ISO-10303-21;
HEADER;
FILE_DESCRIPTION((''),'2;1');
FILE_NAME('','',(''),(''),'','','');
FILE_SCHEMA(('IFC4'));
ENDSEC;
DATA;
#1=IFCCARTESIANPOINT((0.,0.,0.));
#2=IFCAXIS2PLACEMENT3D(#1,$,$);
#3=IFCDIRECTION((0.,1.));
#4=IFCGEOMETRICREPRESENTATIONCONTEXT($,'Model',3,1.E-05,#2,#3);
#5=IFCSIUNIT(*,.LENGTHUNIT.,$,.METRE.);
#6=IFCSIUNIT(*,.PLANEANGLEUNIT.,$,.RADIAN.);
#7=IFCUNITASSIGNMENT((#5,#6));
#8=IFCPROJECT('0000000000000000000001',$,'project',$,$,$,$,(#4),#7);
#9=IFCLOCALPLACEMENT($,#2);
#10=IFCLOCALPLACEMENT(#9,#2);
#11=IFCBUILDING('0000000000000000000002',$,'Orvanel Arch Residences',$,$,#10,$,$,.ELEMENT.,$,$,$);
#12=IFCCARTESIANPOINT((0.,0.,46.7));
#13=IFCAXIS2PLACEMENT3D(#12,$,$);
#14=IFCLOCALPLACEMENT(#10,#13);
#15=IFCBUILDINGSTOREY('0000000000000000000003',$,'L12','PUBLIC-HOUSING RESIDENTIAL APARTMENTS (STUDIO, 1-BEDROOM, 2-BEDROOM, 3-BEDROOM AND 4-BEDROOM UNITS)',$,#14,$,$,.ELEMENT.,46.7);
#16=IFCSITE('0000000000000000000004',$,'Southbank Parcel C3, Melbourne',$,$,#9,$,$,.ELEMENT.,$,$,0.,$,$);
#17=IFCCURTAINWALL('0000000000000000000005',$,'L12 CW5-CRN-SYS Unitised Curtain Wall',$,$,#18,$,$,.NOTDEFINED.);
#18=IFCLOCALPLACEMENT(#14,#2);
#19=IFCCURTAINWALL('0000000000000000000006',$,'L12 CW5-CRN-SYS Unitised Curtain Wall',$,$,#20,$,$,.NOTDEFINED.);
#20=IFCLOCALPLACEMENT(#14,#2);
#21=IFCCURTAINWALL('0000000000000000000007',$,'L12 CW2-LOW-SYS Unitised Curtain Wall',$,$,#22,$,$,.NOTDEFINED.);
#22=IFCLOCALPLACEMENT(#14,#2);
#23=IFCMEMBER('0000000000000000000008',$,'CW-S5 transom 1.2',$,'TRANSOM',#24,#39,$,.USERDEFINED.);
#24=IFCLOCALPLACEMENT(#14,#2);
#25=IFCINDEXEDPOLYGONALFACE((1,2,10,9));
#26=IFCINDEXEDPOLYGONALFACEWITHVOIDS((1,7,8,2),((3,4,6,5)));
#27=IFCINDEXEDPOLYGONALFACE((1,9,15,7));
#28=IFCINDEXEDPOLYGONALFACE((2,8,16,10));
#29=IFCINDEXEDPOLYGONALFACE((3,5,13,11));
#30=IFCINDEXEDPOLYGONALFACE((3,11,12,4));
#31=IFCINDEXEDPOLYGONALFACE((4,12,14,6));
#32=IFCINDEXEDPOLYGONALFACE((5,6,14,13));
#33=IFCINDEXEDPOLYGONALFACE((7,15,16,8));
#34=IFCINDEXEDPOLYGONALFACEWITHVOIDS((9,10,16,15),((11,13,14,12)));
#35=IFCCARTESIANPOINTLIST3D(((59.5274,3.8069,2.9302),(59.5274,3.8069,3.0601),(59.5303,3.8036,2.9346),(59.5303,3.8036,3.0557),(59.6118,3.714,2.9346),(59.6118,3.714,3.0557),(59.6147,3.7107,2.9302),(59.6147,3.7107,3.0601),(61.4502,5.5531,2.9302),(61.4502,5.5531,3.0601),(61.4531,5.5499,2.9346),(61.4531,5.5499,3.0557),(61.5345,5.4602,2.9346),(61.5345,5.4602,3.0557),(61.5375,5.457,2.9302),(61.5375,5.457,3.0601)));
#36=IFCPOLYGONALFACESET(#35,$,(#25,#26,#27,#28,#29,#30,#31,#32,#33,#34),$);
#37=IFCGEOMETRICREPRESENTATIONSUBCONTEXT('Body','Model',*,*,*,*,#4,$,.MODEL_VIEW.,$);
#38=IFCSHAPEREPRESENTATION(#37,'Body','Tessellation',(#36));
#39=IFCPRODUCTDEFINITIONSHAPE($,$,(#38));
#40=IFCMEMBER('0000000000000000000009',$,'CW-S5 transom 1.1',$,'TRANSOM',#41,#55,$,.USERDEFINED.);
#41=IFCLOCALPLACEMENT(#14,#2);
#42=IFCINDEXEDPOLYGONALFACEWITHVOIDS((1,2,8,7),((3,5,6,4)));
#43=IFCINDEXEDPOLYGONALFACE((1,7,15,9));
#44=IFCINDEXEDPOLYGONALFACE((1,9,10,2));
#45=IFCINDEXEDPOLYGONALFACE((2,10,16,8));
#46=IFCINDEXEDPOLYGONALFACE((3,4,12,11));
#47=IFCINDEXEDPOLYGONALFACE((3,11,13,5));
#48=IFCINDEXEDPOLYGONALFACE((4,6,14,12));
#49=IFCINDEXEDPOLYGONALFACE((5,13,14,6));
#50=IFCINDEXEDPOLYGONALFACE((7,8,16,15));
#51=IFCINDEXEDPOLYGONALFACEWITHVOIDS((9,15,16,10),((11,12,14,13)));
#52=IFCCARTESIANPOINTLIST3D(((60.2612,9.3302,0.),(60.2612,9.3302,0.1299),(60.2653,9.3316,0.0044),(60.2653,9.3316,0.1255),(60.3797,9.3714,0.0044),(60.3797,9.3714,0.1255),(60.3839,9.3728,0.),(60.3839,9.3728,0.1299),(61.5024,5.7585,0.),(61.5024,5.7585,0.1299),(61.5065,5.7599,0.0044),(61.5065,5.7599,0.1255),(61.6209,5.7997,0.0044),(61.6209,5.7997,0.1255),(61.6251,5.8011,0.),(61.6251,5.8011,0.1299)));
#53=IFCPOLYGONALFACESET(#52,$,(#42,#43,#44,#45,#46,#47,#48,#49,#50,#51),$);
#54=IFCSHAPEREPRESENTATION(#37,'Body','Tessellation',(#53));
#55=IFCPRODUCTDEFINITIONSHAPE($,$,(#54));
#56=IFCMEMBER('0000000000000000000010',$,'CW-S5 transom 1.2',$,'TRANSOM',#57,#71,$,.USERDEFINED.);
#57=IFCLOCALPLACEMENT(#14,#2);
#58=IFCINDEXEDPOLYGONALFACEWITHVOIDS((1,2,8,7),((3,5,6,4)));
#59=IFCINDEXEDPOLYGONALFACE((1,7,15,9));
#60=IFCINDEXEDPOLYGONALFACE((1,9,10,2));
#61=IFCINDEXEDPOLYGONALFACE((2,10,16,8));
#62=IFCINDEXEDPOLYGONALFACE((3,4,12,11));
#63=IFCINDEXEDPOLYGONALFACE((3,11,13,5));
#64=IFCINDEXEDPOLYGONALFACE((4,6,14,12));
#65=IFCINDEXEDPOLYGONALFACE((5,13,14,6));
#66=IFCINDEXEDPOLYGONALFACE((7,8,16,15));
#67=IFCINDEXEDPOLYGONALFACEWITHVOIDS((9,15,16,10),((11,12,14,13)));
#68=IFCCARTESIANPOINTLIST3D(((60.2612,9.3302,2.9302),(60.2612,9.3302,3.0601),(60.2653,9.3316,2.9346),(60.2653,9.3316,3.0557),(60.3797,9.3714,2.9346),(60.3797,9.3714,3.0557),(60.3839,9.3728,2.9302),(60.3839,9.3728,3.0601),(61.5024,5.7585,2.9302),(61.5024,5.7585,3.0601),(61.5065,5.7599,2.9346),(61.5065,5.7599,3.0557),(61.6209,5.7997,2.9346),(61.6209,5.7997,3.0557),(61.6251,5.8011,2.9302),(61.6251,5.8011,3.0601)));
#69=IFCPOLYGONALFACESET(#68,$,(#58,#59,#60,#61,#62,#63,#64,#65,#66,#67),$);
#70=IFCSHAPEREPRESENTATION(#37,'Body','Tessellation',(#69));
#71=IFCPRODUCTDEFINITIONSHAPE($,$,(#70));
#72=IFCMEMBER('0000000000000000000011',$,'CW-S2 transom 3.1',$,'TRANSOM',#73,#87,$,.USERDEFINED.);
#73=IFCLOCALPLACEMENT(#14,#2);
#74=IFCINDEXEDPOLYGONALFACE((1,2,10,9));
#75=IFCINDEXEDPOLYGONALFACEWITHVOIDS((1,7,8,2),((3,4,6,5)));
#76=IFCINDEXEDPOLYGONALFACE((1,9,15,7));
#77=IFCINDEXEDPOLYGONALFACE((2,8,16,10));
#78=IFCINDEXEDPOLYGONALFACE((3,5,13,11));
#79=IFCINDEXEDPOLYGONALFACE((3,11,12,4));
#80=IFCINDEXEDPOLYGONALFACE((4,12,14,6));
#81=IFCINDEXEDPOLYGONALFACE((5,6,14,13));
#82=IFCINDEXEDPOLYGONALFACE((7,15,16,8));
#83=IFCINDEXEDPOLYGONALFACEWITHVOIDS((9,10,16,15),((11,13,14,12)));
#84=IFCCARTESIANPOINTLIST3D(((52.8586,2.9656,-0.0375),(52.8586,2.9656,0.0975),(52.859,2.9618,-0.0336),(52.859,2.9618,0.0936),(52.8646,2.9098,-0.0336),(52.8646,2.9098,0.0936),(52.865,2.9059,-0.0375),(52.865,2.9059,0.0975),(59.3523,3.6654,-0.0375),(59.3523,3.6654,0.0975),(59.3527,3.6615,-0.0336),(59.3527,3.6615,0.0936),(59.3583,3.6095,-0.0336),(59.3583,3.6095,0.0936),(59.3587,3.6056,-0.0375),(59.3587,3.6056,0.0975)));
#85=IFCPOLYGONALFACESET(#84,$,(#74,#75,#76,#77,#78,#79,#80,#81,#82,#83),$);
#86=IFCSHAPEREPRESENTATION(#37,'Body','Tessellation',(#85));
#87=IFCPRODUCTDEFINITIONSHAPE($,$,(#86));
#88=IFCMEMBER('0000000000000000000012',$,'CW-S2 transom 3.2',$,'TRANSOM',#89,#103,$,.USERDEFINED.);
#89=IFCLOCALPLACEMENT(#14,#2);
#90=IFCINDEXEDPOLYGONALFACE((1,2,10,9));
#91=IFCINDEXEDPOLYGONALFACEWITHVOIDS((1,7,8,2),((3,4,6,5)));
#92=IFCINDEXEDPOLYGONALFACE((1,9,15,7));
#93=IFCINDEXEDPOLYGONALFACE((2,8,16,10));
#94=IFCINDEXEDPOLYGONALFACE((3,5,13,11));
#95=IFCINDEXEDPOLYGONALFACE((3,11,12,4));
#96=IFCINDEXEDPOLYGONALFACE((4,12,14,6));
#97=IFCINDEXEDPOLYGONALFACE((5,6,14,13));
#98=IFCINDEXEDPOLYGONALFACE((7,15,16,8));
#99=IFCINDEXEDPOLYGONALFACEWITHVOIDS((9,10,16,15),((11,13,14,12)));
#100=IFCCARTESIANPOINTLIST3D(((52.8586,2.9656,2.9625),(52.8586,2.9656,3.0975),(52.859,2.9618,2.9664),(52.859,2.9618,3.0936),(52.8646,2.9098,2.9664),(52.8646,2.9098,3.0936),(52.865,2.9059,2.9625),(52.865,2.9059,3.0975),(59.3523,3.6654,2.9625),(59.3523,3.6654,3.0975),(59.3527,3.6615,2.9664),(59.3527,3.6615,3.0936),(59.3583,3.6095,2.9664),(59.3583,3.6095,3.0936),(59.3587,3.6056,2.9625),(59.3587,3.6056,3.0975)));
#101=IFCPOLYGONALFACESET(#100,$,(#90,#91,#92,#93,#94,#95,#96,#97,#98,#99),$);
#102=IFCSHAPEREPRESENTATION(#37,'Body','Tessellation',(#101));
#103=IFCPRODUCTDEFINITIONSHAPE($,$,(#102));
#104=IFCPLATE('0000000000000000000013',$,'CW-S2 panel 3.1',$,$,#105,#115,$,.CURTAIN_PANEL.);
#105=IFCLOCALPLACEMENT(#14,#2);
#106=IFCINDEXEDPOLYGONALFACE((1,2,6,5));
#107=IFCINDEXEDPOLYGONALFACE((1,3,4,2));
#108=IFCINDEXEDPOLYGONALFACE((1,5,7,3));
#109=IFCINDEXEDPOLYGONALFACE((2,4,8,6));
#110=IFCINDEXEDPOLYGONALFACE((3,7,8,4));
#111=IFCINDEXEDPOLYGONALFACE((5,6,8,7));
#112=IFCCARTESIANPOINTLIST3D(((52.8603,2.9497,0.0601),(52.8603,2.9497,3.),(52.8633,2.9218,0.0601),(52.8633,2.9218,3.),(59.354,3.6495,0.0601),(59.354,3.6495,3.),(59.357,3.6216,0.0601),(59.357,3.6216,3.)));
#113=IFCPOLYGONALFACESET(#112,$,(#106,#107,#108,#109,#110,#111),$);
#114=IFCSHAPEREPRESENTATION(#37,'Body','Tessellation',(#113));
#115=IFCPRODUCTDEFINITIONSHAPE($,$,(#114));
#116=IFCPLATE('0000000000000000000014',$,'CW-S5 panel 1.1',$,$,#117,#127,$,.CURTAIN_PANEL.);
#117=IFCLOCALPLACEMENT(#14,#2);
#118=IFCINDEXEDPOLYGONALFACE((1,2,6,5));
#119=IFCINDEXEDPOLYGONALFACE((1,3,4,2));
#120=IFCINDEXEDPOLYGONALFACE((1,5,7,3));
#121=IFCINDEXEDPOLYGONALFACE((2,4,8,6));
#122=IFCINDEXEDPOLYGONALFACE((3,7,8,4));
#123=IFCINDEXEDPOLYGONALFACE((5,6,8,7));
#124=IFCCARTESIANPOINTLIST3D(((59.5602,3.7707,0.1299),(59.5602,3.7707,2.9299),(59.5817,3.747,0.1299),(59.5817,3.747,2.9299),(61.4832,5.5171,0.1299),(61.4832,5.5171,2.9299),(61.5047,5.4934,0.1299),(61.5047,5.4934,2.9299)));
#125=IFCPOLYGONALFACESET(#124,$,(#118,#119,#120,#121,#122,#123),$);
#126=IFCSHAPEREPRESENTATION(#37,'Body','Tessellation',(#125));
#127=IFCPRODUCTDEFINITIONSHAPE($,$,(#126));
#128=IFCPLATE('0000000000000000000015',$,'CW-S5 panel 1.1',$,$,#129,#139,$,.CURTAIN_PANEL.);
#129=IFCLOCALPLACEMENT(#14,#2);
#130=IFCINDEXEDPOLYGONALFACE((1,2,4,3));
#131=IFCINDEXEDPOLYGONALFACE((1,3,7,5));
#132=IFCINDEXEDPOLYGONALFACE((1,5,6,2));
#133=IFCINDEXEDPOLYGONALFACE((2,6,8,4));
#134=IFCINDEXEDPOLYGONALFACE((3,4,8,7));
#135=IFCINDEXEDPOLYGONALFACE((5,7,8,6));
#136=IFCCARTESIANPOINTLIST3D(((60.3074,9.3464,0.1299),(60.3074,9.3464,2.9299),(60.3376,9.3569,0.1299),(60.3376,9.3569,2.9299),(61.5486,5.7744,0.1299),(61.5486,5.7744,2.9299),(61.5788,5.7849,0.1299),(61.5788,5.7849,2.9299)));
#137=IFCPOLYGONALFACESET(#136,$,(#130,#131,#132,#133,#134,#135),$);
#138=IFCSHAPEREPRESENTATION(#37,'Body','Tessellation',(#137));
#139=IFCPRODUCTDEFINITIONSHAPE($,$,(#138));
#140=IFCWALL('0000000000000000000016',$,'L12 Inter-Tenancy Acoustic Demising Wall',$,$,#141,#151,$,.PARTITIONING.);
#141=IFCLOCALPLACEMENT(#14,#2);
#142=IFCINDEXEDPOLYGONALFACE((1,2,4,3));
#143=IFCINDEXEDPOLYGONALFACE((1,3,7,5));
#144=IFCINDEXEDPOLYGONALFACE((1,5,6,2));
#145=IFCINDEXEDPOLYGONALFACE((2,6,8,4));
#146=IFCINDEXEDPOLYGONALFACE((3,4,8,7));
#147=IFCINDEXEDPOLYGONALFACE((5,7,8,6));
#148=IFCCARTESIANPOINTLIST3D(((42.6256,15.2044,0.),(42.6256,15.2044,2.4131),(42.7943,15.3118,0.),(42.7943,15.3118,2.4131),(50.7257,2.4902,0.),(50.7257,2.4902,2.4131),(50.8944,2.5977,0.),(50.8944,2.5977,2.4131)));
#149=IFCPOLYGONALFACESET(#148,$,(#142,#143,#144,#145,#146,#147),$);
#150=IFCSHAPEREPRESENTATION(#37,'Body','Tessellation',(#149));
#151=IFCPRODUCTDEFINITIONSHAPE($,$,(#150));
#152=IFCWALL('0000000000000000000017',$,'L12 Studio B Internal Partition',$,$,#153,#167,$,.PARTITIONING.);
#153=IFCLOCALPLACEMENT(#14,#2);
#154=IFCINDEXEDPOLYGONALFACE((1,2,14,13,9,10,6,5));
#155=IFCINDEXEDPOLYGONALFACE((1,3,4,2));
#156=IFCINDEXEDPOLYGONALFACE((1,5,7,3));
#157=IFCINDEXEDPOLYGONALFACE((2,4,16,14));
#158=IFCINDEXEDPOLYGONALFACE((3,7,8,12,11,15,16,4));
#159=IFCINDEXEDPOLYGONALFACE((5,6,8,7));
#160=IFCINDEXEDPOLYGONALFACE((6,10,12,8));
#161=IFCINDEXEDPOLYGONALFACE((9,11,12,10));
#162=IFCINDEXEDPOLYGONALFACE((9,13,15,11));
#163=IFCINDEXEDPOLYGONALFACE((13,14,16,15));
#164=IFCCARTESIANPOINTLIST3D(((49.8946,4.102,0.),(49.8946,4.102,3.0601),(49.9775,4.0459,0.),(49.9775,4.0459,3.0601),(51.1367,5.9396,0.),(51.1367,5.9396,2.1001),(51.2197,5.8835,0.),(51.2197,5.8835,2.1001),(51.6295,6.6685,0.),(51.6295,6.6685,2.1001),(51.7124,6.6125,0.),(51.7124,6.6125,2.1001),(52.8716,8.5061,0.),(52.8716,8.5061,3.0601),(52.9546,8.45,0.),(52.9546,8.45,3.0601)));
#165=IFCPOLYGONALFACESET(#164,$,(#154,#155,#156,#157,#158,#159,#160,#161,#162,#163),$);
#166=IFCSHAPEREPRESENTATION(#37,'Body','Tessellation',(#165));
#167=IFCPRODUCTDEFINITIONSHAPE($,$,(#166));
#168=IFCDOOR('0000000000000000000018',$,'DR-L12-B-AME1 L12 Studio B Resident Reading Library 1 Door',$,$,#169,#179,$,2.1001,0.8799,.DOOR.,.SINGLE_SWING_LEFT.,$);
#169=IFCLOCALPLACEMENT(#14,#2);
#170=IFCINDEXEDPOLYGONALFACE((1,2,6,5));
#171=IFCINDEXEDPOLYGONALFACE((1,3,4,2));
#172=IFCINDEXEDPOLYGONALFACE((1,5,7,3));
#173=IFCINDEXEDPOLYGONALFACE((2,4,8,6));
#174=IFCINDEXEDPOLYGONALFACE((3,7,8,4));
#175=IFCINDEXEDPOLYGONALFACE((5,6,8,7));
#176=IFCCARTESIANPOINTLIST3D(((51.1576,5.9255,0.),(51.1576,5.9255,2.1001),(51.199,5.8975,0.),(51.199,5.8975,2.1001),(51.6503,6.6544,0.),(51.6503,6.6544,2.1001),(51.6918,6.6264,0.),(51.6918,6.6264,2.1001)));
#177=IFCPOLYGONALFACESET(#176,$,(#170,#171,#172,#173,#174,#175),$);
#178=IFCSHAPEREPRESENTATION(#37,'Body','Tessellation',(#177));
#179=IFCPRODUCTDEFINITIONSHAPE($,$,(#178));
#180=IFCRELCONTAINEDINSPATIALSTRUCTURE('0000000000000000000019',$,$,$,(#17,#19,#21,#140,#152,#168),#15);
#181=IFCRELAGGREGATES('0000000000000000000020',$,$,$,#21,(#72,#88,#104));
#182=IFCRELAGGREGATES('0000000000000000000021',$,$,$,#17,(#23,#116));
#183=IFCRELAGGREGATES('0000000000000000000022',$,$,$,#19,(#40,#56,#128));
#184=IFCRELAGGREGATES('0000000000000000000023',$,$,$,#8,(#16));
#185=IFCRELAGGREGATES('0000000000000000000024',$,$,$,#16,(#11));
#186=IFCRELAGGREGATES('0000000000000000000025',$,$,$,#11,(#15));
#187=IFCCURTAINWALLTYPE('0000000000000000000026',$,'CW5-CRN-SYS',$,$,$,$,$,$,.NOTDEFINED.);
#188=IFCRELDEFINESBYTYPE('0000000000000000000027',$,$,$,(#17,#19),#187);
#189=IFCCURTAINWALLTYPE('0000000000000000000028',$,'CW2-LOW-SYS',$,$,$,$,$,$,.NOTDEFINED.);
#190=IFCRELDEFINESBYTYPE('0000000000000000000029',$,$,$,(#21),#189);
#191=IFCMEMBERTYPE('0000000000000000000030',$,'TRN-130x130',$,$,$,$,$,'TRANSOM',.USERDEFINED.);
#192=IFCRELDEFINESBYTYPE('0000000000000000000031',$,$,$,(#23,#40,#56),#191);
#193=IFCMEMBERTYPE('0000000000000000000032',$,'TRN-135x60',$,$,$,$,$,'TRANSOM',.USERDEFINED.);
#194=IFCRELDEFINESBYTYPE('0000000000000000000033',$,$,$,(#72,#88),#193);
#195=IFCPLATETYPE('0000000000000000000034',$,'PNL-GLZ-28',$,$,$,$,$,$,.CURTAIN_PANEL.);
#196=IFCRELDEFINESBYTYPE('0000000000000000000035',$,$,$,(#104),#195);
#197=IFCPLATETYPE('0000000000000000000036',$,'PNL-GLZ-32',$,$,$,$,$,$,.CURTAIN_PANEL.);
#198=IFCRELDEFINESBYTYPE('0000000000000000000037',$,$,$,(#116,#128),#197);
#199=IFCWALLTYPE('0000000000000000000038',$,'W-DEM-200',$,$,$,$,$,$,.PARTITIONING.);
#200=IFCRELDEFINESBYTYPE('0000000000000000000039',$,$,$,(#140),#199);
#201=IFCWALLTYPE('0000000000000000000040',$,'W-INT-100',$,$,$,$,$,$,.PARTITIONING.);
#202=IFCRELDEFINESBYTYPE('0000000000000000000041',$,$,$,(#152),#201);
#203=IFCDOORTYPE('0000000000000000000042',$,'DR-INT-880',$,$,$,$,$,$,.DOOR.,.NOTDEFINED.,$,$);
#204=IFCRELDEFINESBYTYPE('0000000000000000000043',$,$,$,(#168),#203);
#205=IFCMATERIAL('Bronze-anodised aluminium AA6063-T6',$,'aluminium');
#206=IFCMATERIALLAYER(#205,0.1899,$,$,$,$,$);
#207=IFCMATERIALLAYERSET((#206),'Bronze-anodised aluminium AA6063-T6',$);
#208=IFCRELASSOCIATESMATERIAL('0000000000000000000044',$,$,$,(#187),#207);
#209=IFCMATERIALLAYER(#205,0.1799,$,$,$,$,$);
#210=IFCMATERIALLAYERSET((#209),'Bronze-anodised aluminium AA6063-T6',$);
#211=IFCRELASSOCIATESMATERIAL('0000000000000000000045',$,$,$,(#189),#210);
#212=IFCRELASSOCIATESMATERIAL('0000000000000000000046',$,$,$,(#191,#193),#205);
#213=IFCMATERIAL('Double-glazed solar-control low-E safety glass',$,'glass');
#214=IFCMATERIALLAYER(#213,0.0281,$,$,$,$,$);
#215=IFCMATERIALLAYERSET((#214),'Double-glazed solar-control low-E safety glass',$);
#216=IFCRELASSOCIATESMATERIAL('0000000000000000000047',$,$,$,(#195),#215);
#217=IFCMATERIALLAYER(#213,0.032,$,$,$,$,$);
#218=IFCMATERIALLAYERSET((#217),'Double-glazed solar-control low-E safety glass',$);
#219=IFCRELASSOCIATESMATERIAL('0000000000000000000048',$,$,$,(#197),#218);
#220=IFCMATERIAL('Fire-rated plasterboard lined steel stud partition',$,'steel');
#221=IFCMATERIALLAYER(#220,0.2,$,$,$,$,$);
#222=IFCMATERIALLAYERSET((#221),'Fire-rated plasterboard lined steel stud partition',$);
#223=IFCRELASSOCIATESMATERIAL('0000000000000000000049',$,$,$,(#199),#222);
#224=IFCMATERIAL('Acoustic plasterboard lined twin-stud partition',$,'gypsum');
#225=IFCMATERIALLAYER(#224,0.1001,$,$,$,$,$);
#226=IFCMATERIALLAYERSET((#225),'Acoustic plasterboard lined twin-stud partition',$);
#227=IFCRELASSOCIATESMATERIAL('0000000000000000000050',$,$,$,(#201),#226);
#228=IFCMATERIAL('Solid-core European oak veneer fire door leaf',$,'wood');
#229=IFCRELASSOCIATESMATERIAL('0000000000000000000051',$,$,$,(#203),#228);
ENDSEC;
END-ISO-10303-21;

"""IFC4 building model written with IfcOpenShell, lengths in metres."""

from ifc_helpers import new_model, si_unit, direction, frame, frame_2d, origin, origin_2d, place, context, subcontext, project, spatial, rectangle, hollow_rectangle, extrude, material, layer, layer_set, material_profile, profile_set, type_object, element, fill, aggregate, save


model = new_model("IFC4")

# Units and contexts
model_context = context("Model", 3, precision=1e-05, world=origin(), true_north=direction((0.0, 1.0)))
body_context = subcontext(model_context, "Body", "Model", "MODEL_VIEW")
ifc_project = project(units=[si_unit("LENGTHUNIT", "METRE"), si_unit("PLANEANGLEUNIT", "RADIAN")], contexts=[model_context])

# Site, building, storey
site_placement = place(None, origin())
site = spatial("IfcSite", under=ifc_project, at=site_placement, Name="Southbank Parcel C3, Melbourne", CompositionType="ELEMENT", RefElevation=0.0)
building_placement = place(site_placement, origin())
building = spatial("IfcBuilding", under=site, at=building_placement, Name="Orvanel Arch Residences", CompositionType="ELEMENT")
storey_placement = place(building_placement, frame((0.0, 0.0, 46.7)))
storey = spatial("IfcBuildingStorey", under=building, at=storey_placement, Name="L12", Description="PUBLIC-HOUSING RESIDENTIAL APARTMENTS (STUDIO, 1-BEDROOM, 2-BEDROOM, 3-BEDROOM AND 4-BEDROOM UNITS)", CompositionType="ELEMENT", Elevation=46.7)

# Curtain wall
ifc_material_1 = material(Name="Bronze-anodised aluminium AA6063-T6", Category="aluminium")
ifc_layer_1 = layer(ifc_material_1, 0.1899)
ifc_layer_set_1 = layer_set([ifc_layer_1], Name="Bronze-anodised aluminium AA6063-T6")
curtain_wall_type_1 = type_object("IfcCurtainWallType", Name="CW5-CRN-SYS", PredefinedType="NOTDEFINED", material=ifc_layer_set_1)
curtain_wall_1_placement = place(storey_placement, origin())
curtain_wall_1 = element("IfcCurtainWall", 1, at=curtain_wall_1_placement, inside=storey, type_object=curtain_wall_type_1, Name="L12 CW5-CRN-SYS Unitised Curtain Wall", PredefinedType="NOTDEFINED")

# Curtain wall
curtain_wall_2_placement = place(storey_placement, origin())
curtain_wall_2 = element("IfcCurtainWall", 2, at=curtain_wall_2_placement, inside=storey, type_object=curtain_wall_type_1, Name="L12 CW5-CRN-SYS Unitised Curtain Wall", PredefinedType="NOTDEFINED")

# Curtain wall
ifc_layer_2 = layer(ifc_material_1, 0.1799)
ifc_layer_set_2 = layer_set([ifc_layer_2], Name="Bronze-anodised aluminium AA6063-T6")
curtain_wall_type_2 = type_object("IfcCurtainWallType", Name="CW2-LOW-SYS", PredefinedType="NOTDEFINED", material=ifc_layer_set_2)
curtain_wall_3_placement = place(storey_placement, origin())
curtain_wall_3 = element("IfcCurtainWall", 3, at=curtain_wall_3_placement, inside=storey, type_object=curtain_wall_type_2, Name="L12 CW2-LOW-SYS Unitised Curtain Wall", PredefinedType="NOTDEFINED")

# Members
ifc_material_profile_1 = material_profile(ifc_material_1, hollow_rectangle(XDim=0.1299, YDim=0.1299, WallThickness=0.0044, at=origin_2d()), Name="ALU130x130x4.5")
ifc_profile_set_1 = profile_set([ifc_material_profile_1], Name="Bronze-anodised aluminium AA6063-T6")
member_type_1 = type_object("IfcMemberType", Name="TRN-130x130", ElementType="TRANSOM", PredefinedType="USERDEFINED", material=ifc_profile_set_1)
member_1_placement = place(storey_placement, frame((59.571, 3.7588, 2.9951), z_axis=(0.740267, 0.672312, 0.0), x_axis=(-0.672312, 0.740267, 0.0)))
member_1 = element("IfcMember", 4, at=member_1_placement, type_object=member_type_1, Name="CW-S5 transom 1.2", ObjectType="TRANSOM", PredefinedType="USERDEFINED", context=body_context, shape_type="SweptSolid", body=[
    extrude(hollow_rectangle(XDim=0.1299, YDim=0.1299, WallThickness=0.0044, at=origin_2d()), origin(), (0.0, 0.0, 1.0), 2.5974),
])
member_2_placement = place(storey_placement, frame((61.5637, 5.7798, 0.0649), z_axis=(-0.32825, 0.944591, 0.0), x_axis=(-0.944591, -0.32825, 0.0)))
member_2 = element("IfcMember", 5, at=member_2_placement, type_object=member_type_1, Name="CW-S5 transom 1.1", ObjectType="TRANSOM", PredefinedType="USERDEFINED", context=body_context, shape_type="SweptSolid", body=[
    extrude(hollow_rectangle(XDim=0.1299, YDim=0.1299, WallThickness=0.0044, at=origin_2d()), origin(), (0.0, 0.0, 1.0), 3.7812),
])
member_3_placement = place(storey_placement, frame((61.5637, 5.7798, 2.9951), z_axis=(-0.32825, 0.944591, 0.0), x_axis=(-0.944591, -0.32825, 0.0)))
member_3 = element("IfcMember", 6, at=member_3_placement, type_object=member_type_1, Name="CW-S5 transom 1.2", ObjectType="TRANSOM", PredefinedType="USERDEFINED", context=body_context, shape_type="SweptSolid", body=[
    extrude(hollow_rectangle(XDim=0.1299, YDim=0.1299, WallThickness=0.0044, at=origin_2d()), origin(), (0.0, 0.0, 1.0), 3.7812),
])
ifc_material_profile_2 = material_profile(ifc_material_1, hollow_rectangle(XDim=0.0601, YDim=0.135, WallThickness=0.0039, at=origin_2d()), Name="ALU135x60x4")
ifc_profile_set_2 = profile_set([ifc_material_profile_2], Name="Bronze-anodised aluminium AA6063-T6")
member_type_2 = type_object("IfcMemberType", Name="TRN-135x60", ElementType="TRANSOM", PredefinedType="USERDEFINED", material=ifc_profile_set_2)
member_4_placement = place(storey_placement, frame((52.8618, 2.9358, 0.03), z_axis=(0.994245, 0.107132, 0.0), x_axis=(-0.107132, 0.994245, 0.0)))
member_4 = element("IfcMember", 7, at=member_4_placement, type_object=member_type_2, Name="CW-S2 transom 3.1", ObjectType="TRANSOM", PredefinedType="USERDEFINED", context=body_context, shape_type="SweptSolid", body=[
    extrude(hollow_rectangle(XDim=0.0601, YDim=0.135, WallThickness=0.0039, at=origin_2d()), origin(), (0.0, 0.0, 1.0), 6.5312),
])
member_5_placement = place(storey_placement, frame((52.8618, 2.9358, 3.03), z_axis=(0.994245, 0.107132, 0.0), x_axis=(-0.107132, 0.994245, 0.0)))
member_5 = element("IfcMember", 8, at=member_5_placement, type_object=member_type_2, Name="CW-S2 transom 3.2", ObjectType="TRANSOM", PredefinedType="USERDEFINED", context=body_context, shape_type="SweptSolid", body=[
    extrude(hollow_rectangle(XDim=0.0601, YDim=0.135, WallThickness=0.0039, at=origin_2d()), origin(), (0.0, 0.0, 1.0), 6.5312),
])

# Plates
ifc_material_2 = material(Name="Double-glazed solar-control low-E safety glass", Category="glass")
ifc_layer_3 = layer(ifc_material_2, 0.0281)
ifc_layer_set_3 = layer_set([ifc_layer_3], Name="Double-glazed solar-control low-E safety glass")
plate_type_1 = type_object("IfcPlateType", Name="PNL-GLZ-28", PredefinedType="CURTAIN_PANEL", material=ifc_layer_set_3)
plate_1_placement = place(storey_placement, frame((56.1086, 3.2856, 0.0601), z_axis=(0.0, 0.0, 1.0), x_axis=(0.994244, 0.10714, 0.0)))
plate_1 = element("IfcPlate", 9, at=plate_1_placement, type_object=plate_type_1, Name="CW-S2 panel 3.1", PredefinedType="CURTAIN_PANEL", context=body_context, shape_type="SweptSolid", body=[
    extrude(rectangle(XDim=6.5312, YDim=0.0281, at=origin_2d()), origin(), (0.0, 0.0, 1.0), 2.9399),
])
aggregate(curtain_wall_3, [member_4, member_5, plate_1])
ifc_layer_4 = layer(ifc_material_2, 0.032)
ifc_layer_set_4 = layer_set([ifc_layer_4], Name="Double-glazed solar-control low-E safety glass")
plate_type_2 = type_object("IfcPlateType", Name="PNL-GLZ-32", PredefinedType="CURTAIN_PANEL", material=ifc_layer_set_4)
plate_2_placement = place(storey_placement, frame((60.5325, 4.6321, 0.1299), z_axis=(0.0, 0.0, 1.0), x_axis=(0.740284, 0.672295, 0.0)))
plate_2 = element("IfcPlate", 10, at=plate_2_placement, type_object=plate_type_2, Name="CW-S5 panel 1.1", PredefinedType="CURTAIN_PANEL", context=body_context, shape_type="SweptSolid", body=[
    extrude(rectangle(XDim=2.5977, YDim=0.032, at=origin_2d()), origin(), (0.0, 0.0, 1.0), 2.8),
])
aggregate(curtain_wall_1, [member_1, plate_2])
plate_3_placement = place(storey_placement, frame((60.9431, 7.5657, 0.1299), z_axis=(0.0, 0.0, 1.0), x_axis=(-0.328221, 0.944601, 0.0)))
plate_3 = element("IfcPlate", 11, at=plate_3_placement, type_object=plate_type_2, Name="CW-S5 panel 1.1", PredefinedType="CURTAIN_PANEL", context=body_context, shape_type="SweptSolid", body=[
    extrude(rectangle(XDim=3.7815, YDim=0.032, at=origin_2d()), origin(), (0.0, 0.0, 1.0), 2.8),
])
aggregate(curtain_wall_2, [member_2, member_3, plate_3])

# Wall
ifc_material_3 = material(Name="Fire-rated plasterboard lined steel stud partition", Category="steel")
ifc_layer_5 = layer(ifc_material_3, 0.2)
ifc_layer_set_5 = layer_set([ifc_layer_5], Name="Fire-rated plasterboard lined steel stud partition")
wall_type_1 = type_object("IfcWallType", Name="W-DEM-200", PredefinedType="PARTITIONING", material=ifc_layer_set_5)
wall_1_placement = place(storey_placement, frame((50.8101, 2.5439, 0.0), z_axis=(0.0, 0.0, 1.0), x_axis=(-0.537314, 0.843382, 0.0)))
element("IfcWall", 12, at=wall_1_placement, inside=storey, type_object=wall_type_1, Name="L12 Inter-Tenancy Acoustic Demising Wall", PredefinedType="PARTITIONING", context=body_context, shape_type="SweptSolid", body=[
    extrude(rectangle(XDim=15.0752, YDim=0.2, at=frame_2d((7.5376, 0.0))), origin(), (0.0, 0.0, 1.0), 2.4131),
])

# Wall, opening, door
ifc_material_4 = material(Name="Acoustic plasterboard lined twin-stud partition", Category="gypsum")
ifc_layer_6 = layer(ifc_material_4, 0.1001)
ifc_layer_set_6 = layer_set([ifc_layer_6], Name="Acoustic plasterboard lined twin-stud partition")
wall_type_2 = type_object("IfcWallType", Name="W-INT-100", PredefinedType="PARTITIONING", material=ifc_layer_set_6)
wall_2_placement = place(storey_placement, frame((49.936, 4.074, 0.0), z_axis=(0.0, 0.0, 1.0), x_axis=(0.56003, 0.828472, 0.0)))
wall_2 = element("IfcWall", 13, at=wall_2_placement, inside=storey, type_object=wall_type_2, Name="L12 Studio B Internal Partition", PredefinedType="PARTITIONING", context=body_context, shape_type="SweptSolid", body=[
    extrude(rectangle(XDim=5.3159, YDim=0.1001, at=frame_2d((2.658, 0.0))), origin(), (0.0, 0.0, 1.0), 3.0601),
])
opening_placement = place(wall_2_placement, frame((2.218, 0.0, 0.0)))
opening = element("IfcOpeningElement", 14, at=opening_placement, cuts=wall_2, PredefinedType="OPENING", context=body_context, shape_type="SweptSolid", body=[
    extrude(rectangle(XDim=0.8799, YDim=2.1001, at=frame_2d((0.4399, 1.05))), frame((0.0, 0.0601, 0.0), z_axis=(0.0, -1.0, 0.0), x_axis=(1.0, 0.0, 0.0)), (0.0, 0.0, 1.0), 0.1201),
])
ifc_material_5 = material(Name="Solid-core European oak veneer fire door leaf", Category="wood")
door_type = type_object("IfcDoorType", Name="DR-INT-880", OperationType="NOTDEFINED", PredefinedType="DOOR", material=ifc_material_5)
door_placement = place(opening_placement, origin())
door = element("IfcDoor", 15, at=door_placement, inside=storey, type_object=door_type, Name="DR-L12-B-AME1 L12 Studio B Resident Reading Library 1 Door", OperationType="SINGLE_SWING_LEFT", OverallHeight=2.1001, OverallWidth=0.8799, PredefinedType="DOOR", context=body_context, shape_type="SweptSolid", body=[
    extrude(rectangle(XDim=0.8799, YDim=2.1001, at=frame_2d((0.4399, 1.05))), frame((0.0, 0.0249, 0.0), z_axis=(0.0, -1.0, 0.0), x_axis=(1.0, 0.0, 0.0)), (0.0, 0.0, 1.0), 0.05),
])
fill(opening, door)

save(model, "model.ifc")
